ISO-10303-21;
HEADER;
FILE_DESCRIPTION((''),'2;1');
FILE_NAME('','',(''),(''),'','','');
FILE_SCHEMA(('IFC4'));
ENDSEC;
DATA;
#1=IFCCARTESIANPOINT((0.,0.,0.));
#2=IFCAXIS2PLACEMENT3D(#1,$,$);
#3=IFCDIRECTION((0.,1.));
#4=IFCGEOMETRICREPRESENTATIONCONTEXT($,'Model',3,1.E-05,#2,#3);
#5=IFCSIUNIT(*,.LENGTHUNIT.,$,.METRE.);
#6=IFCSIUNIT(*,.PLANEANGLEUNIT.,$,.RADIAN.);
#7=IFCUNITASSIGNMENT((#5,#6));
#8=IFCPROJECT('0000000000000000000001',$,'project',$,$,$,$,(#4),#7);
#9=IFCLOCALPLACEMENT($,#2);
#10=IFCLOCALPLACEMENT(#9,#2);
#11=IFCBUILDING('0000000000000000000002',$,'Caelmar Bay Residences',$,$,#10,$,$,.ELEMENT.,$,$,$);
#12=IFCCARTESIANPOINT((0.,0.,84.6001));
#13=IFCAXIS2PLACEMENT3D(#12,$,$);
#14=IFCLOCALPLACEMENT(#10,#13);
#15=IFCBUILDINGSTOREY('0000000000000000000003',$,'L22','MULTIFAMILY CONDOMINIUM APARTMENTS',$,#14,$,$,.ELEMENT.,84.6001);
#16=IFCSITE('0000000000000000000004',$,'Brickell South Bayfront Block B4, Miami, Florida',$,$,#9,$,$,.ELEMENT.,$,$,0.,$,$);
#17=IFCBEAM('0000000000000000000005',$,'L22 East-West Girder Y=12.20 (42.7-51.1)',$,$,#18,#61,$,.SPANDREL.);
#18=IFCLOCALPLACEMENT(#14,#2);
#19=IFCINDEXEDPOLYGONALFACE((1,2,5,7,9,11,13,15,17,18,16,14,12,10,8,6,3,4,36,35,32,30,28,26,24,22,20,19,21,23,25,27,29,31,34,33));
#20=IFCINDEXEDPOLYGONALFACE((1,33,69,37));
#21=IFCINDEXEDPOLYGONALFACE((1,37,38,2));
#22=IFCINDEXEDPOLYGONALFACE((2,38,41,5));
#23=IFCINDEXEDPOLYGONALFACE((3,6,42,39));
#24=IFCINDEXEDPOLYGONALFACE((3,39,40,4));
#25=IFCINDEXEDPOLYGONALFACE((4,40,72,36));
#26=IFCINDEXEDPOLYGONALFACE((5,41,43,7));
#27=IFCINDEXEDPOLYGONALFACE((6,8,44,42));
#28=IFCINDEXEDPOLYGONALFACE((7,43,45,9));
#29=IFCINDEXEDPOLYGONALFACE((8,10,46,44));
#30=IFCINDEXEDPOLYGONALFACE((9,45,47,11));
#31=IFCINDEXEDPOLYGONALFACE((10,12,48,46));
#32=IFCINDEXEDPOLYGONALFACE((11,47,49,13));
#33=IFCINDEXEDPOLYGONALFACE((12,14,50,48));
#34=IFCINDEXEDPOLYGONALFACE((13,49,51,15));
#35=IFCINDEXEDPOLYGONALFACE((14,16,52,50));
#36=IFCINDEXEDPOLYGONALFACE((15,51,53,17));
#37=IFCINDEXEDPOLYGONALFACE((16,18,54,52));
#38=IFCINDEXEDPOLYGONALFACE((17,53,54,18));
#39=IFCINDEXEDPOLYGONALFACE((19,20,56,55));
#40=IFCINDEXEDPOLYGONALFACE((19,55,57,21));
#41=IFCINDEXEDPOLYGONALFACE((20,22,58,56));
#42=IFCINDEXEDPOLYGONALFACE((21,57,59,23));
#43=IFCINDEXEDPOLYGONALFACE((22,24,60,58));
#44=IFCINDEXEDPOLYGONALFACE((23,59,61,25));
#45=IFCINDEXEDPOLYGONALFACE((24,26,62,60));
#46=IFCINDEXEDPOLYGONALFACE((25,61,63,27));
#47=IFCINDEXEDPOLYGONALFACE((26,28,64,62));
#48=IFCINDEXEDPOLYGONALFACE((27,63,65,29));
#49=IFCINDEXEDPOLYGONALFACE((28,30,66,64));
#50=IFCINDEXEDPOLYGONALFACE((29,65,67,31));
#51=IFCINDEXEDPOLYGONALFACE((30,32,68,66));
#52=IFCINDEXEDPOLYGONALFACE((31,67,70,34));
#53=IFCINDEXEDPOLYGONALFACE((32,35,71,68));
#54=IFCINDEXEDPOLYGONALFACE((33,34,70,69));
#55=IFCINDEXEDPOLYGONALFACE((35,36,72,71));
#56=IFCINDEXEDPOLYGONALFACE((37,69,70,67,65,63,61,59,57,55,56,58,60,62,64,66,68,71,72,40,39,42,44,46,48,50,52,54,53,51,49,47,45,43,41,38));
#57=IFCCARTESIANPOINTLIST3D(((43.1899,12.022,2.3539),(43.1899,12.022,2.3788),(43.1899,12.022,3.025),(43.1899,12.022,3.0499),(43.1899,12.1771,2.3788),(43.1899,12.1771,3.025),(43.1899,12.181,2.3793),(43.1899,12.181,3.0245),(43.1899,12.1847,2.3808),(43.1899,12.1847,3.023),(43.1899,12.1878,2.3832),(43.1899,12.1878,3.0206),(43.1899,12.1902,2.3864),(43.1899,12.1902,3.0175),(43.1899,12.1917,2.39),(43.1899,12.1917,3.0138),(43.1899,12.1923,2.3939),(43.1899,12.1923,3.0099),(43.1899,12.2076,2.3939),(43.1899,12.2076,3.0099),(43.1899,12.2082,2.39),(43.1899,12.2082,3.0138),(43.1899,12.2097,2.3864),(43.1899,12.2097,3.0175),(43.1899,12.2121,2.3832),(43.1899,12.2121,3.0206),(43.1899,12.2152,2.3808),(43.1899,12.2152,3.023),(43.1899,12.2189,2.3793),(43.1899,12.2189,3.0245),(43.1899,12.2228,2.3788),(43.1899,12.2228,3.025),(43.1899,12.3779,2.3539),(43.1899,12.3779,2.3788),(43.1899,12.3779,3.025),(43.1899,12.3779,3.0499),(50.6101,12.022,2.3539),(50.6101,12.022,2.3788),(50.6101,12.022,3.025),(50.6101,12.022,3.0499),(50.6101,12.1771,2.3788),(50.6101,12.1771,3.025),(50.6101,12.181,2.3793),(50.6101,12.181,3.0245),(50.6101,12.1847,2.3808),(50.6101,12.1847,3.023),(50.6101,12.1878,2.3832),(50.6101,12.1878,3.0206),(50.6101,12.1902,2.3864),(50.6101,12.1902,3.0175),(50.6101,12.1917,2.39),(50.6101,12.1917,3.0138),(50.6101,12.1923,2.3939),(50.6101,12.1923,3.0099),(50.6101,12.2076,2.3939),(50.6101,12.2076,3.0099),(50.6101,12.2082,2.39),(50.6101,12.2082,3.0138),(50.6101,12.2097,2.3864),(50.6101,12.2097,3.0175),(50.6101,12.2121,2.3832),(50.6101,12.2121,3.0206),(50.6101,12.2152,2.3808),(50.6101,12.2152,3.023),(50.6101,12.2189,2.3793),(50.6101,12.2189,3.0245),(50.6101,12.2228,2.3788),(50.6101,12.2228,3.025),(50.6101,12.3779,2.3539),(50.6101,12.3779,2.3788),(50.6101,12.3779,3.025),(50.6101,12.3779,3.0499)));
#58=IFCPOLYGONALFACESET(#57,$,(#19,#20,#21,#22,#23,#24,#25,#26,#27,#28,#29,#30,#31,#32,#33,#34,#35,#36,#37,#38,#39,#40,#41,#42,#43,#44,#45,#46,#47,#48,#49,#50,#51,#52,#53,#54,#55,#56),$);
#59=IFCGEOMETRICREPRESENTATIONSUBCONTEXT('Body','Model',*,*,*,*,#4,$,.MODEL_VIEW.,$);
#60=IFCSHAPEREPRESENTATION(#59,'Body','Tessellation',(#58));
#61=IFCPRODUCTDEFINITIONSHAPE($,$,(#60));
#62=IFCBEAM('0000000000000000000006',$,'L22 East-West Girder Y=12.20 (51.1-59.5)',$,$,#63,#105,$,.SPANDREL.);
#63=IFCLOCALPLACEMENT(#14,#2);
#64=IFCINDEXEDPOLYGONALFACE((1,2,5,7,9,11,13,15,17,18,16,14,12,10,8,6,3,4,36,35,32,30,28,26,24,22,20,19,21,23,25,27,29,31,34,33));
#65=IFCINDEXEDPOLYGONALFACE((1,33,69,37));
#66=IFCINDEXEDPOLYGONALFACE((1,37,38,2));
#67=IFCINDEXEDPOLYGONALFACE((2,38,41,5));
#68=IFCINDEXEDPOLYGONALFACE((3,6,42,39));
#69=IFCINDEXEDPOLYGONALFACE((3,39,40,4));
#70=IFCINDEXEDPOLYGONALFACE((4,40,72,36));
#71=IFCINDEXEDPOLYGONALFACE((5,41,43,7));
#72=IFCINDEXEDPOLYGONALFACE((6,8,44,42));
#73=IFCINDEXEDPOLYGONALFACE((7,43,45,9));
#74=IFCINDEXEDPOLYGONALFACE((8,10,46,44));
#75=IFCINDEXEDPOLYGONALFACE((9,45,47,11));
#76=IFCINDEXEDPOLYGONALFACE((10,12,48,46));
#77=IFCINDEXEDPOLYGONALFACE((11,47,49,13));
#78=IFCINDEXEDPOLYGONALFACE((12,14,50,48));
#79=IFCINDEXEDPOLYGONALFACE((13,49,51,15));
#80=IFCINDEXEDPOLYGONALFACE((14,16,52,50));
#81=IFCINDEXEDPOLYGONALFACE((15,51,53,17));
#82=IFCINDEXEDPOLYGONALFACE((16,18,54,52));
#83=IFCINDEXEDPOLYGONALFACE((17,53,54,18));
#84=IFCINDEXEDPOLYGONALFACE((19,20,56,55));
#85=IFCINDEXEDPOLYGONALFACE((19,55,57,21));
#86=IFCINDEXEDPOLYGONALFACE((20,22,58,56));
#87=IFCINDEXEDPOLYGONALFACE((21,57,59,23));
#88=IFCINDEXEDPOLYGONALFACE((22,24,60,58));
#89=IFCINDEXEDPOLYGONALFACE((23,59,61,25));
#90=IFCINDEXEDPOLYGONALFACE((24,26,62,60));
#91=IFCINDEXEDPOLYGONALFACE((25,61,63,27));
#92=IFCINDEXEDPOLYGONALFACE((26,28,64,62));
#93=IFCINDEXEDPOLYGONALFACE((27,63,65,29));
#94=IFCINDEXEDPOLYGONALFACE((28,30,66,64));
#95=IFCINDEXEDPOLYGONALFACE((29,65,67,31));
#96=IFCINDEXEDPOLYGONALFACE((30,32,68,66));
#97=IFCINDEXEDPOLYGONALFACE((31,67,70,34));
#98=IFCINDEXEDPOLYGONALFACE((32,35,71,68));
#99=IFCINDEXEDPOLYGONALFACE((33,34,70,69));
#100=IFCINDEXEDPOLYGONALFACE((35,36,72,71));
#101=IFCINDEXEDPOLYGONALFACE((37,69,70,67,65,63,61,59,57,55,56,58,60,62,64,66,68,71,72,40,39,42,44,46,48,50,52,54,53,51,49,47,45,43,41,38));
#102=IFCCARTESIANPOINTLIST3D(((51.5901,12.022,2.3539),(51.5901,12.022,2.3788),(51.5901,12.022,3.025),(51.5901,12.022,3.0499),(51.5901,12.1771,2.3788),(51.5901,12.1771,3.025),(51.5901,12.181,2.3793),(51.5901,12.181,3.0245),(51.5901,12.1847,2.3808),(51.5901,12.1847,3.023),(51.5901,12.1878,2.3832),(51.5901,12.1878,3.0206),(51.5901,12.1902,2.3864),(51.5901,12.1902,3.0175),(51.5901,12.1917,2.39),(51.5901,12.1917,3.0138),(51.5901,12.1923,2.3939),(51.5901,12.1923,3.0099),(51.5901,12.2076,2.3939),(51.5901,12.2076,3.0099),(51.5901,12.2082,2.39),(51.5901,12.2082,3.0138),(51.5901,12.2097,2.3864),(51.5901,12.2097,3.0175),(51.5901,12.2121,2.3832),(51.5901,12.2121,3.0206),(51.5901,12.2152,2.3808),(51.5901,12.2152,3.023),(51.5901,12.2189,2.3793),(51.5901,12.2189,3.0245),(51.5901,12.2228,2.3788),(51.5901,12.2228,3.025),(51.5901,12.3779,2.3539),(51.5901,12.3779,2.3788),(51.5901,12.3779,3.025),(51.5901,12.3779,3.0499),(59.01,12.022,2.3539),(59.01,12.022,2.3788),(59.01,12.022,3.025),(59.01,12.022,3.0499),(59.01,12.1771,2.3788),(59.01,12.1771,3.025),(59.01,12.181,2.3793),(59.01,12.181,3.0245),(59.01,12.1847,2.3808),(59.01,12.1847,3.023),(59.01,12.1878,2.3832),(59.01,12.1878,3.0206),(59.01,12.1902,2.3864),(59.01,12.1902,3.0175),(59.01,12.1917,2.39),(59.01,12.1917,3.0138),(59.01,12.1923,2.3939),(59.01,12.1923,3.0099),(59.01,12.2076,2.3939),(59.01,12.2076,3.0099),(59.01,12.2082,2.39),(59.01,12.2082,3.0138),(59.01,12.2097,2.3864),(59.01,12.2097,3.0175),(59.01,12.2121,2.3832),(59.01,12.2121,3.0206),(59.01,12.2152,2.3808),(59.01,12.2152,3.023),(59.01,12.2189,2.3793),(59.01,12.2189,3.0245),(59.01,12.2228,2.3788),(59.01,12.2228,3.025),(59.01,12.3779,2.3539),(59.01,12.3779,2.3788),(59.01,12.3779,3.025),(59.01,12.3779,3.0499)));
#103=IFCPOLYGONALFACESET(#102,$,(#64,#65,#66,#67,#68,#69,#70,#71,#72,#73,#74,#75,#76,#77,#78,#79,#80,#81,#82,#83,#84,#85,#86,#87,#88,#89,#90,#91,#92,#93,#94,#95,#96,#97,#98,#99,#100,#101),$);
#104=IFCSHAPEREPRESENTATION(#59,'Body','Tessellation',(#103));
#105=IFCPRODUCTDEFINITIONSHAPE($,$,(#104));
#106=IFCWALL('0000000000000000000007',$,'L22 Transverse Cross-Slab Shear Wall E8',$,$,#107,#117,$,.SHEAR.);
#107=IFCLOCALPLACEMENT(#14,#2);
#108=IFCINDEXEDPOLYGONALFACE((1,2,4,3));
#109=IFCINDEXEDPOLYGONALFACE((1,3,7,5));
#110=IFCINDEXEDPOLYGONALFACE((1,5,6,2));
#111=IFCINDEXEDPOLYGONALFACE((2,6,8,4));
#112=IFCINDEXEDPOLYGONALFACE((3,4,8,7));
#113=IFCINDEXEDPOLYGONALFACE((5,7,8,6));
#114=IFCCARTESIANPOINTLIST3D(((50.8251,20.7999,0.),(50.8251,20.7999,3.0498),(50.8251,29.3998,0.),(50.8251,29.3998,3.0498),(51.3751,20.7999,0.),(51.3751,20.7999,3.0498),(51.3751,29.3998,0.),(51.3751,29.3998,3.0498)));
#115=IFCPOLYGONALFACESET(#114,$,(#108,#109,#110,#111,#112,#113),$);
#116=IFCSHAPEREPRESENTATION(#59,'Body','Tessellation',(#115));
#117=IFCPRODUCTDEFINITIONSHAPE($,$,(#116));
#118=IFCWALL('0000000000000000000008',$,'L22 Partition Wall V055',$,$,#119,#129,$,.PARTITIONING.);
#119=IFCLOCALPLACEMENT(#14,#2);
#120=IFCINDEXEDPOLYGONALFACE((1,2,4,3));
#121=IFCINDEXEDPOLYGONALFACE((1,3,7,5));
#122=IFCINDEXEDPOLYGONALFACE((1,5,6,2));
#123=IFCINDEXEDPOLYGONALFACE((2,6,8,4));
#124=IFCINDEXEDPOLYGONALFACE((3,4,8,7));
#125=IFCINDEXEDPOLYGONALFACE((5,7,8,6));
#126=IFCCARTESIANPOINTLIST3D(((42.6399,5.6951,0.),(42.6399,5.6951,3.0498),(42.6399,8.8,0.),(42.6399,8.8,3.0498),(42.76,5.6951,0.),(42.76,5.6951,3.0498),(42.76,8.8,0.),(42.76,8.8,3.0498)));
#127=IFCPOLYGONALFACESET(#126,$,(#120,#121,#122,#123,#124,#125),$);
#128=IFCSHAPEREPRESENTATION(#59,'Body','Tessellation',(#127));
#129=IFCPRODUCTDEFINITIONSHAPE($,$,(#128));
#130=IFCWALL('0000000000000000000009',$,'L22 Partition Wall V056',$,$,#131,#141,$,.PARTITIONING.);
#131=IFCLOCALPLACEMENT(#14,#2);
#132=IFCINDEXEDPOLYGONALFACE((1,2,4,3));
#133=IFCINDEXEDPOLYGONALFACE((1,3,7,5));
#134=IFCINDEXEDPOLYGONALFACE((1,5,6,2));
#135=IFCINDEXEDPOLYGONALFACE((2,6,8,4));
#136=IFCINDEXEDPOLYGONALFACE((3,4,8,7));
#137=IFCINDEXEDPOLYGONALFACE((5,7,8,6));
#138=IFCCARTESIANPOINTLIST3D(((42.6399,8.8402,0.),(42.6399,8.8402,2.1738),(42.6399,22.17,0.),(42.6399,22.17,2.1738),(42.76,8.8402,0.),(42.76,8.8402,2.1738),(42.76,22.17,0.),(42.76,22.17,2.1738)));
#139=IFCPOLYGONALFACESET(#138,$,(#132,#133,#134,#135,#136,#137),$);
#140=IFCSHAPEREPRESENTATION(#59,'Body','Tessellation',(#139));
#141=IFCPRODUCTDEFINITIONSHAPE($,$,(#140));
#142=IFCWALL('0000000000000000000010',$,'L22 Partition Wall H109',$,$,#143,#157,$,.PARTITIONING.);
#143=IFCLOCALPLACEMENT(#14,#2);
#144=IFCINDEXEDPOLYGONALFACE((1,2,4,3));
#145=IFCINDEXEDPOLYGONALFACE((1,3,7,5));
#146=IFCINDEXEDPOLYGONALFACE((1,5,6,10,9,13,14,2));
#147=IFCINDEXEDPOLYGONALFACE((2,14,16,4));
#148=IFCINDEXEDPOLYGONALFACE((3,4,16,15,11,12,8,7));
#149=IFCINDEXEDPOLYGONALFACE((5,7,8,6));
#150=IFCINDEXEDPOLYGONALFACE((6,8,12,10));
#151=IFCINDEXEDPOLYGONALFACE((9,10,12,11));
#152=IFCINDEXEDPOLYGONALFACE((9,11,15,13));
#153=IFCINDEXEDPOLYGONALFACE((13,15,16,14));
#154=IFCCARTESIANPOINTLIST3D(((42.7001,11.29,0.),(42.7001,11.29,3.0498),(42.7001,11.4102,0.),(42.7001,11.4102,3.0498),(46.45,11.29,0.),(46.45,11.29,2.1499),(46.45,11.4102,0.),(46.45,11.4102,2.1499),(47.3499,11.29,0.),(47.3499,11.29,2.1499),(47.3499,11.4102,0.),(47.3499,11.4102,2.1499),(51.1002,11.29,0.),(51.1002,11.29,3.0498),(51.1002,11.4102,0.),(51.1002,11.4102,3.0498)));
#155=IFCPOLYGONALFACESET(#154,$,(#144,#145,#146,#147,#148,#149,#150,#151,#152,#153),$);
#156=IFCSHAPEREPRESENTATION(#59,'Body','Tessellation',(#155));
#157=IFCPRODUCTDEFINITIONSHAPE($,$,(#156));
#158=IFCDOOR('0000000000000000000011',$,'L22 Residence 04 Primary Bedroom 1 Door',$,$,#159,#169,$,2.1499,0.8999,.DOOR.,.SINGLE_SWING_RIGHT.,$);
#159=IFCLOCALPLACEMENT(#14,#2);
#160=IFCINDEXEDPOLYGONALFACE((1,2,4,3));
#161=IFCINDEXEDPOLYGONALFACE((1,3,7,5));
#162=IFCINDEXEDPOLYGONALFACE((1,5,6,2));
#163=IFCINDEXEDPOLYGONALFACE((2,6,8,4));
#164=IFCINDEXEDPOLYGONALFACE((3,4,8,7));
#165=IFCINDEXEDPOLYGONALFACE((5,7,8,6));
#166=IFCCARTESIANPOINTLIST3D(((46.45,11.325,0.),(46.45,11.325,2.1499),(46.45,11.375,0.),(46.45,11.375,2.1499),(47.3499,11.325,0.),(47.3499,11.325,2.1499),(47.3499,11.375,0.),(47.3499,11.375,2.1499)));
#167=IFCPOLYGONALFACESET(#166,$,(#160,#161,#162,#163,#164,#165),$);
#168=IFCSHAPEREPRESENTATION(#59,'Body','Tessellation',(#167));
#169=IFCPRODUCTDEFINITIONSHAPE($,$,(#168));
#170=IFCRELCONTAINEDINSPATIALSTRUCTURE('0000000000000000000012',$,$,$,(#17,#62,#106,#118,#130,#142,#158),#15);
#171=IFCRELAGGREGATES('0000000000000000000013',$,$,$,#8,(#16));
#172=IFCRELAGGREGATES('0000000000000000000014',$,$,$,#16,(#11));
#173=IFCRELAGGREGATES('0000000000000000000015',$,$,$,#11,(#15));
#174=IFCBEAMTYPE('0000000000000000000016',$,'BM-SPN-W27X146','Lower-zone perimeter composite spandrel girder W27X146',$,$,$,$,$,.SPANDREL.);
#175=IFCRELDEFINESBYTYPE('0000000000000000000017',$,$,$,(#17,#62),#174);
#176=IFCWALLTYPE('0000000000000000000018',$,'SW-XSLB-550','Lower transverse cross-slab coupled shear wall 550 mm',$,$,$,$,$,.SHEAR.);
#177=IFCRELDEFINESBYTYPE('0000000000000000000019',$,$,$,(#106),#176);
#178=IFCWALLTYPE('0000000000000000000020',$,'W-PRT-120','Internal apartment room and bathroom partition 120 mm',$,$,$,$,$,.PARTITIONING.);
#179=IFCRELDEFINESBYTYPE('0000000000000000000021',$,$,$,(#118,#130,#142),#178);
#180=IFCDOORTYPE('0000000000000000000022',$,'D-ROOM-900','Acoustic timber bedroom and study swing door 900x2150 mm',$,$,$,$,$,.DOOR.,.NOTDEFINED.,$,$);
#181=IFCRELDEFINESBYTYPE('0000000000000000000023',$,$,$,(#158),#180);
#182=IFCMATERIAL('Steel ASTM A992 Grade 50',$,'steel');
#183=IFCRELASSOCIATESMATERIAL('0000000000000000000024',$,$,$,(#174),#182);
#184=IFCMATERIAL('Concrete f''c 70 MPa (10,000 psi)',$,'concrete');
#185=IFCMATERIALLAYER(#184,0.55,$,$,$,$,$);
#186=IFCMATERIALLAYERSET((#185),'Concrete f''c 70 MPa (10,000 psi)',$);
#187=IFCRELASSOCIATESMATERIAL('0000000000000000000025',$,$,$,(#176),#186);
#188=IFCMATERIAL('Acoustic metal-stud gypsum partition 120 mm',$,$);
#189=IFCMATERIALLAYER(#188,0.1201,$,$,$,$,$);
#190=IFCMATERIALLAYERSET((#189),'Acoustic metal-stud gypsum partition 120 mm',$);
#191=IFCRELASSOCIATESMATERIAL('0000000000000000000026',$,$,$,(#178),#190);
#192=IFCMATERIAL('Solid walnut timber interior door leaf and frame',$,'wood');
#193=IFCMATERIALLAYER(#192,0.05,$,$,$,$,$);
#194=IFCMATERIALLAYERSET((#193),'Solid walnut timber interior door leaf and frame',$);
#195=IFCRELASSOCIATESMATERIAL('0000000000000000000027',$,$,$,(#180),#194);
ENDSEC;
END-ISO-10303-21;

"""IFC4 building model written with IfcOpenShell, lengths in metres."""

from ifc_helpers import new_model, si_unit, direction, frame, frame_2d, origin, origin_2d, place, context, subcontext, project, spatial, rectangle, i_section, extrude, material, layer, layer_set, material_profile, profile_set, type_object, element, fill, save


model = new_model("IFC4")

# Units and contexts
model_context = context("Model", 3, precision=1e-05, world=origin(), true_north=direction((0.0, 1.0)))
body_context = subcontext(model_context, "Body", "Model", "MODEL_VIEW")
ifc_project = project(units=[si_unit("LENGTHUNIT", "METRE"), si_unit("PLANEANGLEUNIT", "RADIAN")], contexts=[model_context])

# Site, building, storey
site_placement = place(None, origin())
site = spatial("IfcSite", under=ifc_project, at=site_placement, Name="Brickell South Bayfront Block B4, Miami, Florida", CompositionType="ELEMENT", RefElevation=0.0)
building_placement = place(site_placement, origin())
building = spatial("IfcBuilding", under=site, at=building_placement, Name="Caelmar Bay Residences", CompositionType="ELEMENT")
storey_placement = place(building_placement, frame((0.0, 0.0, 84.6001)))
storey = spatial("IfcBuildingStorey", under=building, at=storey_placement, Name="L22", Description="MULTIFAMILY CONDOMINIUM APARTMENTS", CompositionType="ELEMENT", Elevation=84.6001)

# Shared definitions
ifc_material_1 = material(Name="Concrete f'c 70 MPa (10,000 psi)", Category="concrete")

# Beams
ifc_material_2 = material(Name="Steel ASTM A992 Grade 50", Category="steel")
ifc_material_profile_1 = material_profile(ifc_material_2, i_section(OverallWidth=0.356, OverallDepth=0.696, WebThickness=0.0154, FlangeThickness=0.0249, FilletRadius=0.0151, at=origin_2d()), Name="W27X146")
ifc_profile_set_1 = profile_set([ifc_material_profile_1], Name="Steel ASTM A992 Grade 50")
beam_type_1 = type_object("IfcBeamType", Name="BM-SPN-W27X146", Description="Lower-zone perimeter composite spandrel girder W27X146", PredefinedType="SPANDREL", material=ifc_profile_set_1)
beam_1_placement = place(storey_placement, frame((43.1899, 12.2, 2.7019), z_axis=(1.0, 0.0, 0.0), x_axis=(0.0, 1.0, 0.0)))
element("IfcBeam", 1, at=beam_1_placement, inside=storey, type_object=beam_type_1, Name="L22 East-West Girder Y=12.20 (42.7-51.1)", PredefinedType="SPANDREL", context=body_context, shape_type="SweptSolid", body=[
    extrude(i_section(OverallWidth=0.356, OverallDepth=0.696, WebThickness=0.0154, FlangeThickness=0.0249, FilletRadius=0.0151, at=origin_2d()), origin(), (0.0, 0.0, 1.0), 7.4202),
])
beam_2_placement = place(storey_placement, frame((51.5901, 12.2, 2.7019), z_axis=(1.0, 0.0, 0.0), x_axis=(0.0, 1.0, 0.0)))
element("IfcBeam", 2, at=beam_2_placement, inside=storey, type_object=beam_type_1, Name="L22 East-West Girder Y=12.20 (51.1-59.5)", PredefinedType="SPANDREL", context=body_context, shape_type="SweptSolid", body=[
    extrude(i_section(OverallWidth=0.356, OverallDepth=0.696, WebThickness=0.0154, FlangeThickness=0.0249, FilletRadius=0.0151, at=origin_2d()), origin(), (0.0, 0.0, 1.0), 7.4199),
])

# Walls
ifc_layer_1 = layer(ifc_material_1, 0.55)
ifc_layer_set_1 = layer_set([ifc_layer_1], Name="Concrete f'c 70 MPa (10,000 psi)")
wall_type_1 = type_object("IfcWallType", Name="SW-XSLB-550", Description="Lower transverse cross-slab coupled shear wall 550 mm", PredefinedType="SHEAR", material=ifc_layer_set_1)
wall_1_placement = place(storey_placement, frame((51.1001, 20.8, 0.0), z_axis=(0.0, 0.0, 1.0), x_axis=(0.0, 1.0, 0.0)))
element("IfcWall", 3, at=wall_1_placement, inside=storey, type_object=wall_type_1, Name="L22 Transverse Cross-Slab Shear Wall E8", PredefinedType="SHEAR", context=body_context, shape_type="SweptSolid", body=[
    extrude(rectangle(XDim=8.5999, YDim=0.55, at=frame_2d((4.2998, 0.0))), origin(), (0.0, 0.0, 1.0), 3.0498),
])
ifc_material_3 = material(Name="Acoustic metal-stud gypsum partition 120 mm")
ifc_layer_2 = layer(ifc_material_3, 0.1201)
ifc_layer_set_2 = layer_set([ifc_layer_2], Name="Acoustic metal-stud gypsum partition 120 mm")
wall_type_2 = type_object("IfcWallType", Name="W-PRT-120", Description="Internal apartment room and bathroom partition 120 mm", PredefinedType="PARTITIONING", material=ifc_layer_set_2)
wall_2_placement = place(storey_placement, frame((42.7, 5.6951, 0.0), z_axis=(0.0, 0.0, 1.0), x_axis=(0.0, 1.0, 0.0)))
element("IfcWall", 4, at=wall_2_placement, inside=storey, type_object=wall_type_2, Name="L22 Partition Wall V055", PredefinedType="PARTITIONING", context=body_context, shape_type="SweptSolid", body=[
    extrude(rectangle(XDim=3.105, YDim=0.1201, at=frame_2d((1.5525, 0.0))), origin(), (0.0, 0.0, 1.0), 3.0498),
])
wall_3_placement = place(storey_placement, frame((42.7, 8.8401, 0.0), z_axis=(0.0, 0.0, 1.0), x_axis=(0.0, 1.0, 0.0)))
element("IfcWall", 5, at=wall_3_placement, inside=storey, type_object=wall_type_2, Name="L22 Partition Wall V056", PredefinedType="PARTITIONING", context=body_context, shape_type="SweptSolid", body=[
    extrude(rectangle(XDim=13.3298, YDim=0.1201, at=frame_2d((6.665, 0.0))), origin(), (0.0, 0.0, 1.0), 2.1738),
])

# Wall, opening, door
wall_4_placement = place(storey_placement, frame((42.7, 11.3501, 0.0), z_axis=(0.0, 0.0, 1.0), x_axis=(1.0, 0.0, 0.0)))
wall_4 = element("IfcWall", 6, at=wall_4_placement, inside=storey, type_object=wall_type_2, Name="L22 Partition Wall H109", PredefinedType="PARTITIONING", context=body_context, shape_type="SweptSolid", body=[
    extrude(rectangle(XDim=8.4001, YDim=0.1201, at=frame_2d((4.2002, 0.0))), origin(), (0.0, 0.0, 1.0), 3.0498),
])
opening_1_placement = place(wall_4_placement, frame((3.75, 0.0, 0.0)))
opening_1 = element("IfcOpeningElement", 7, at=opening_1_placement, cuts=wall_4, PredefinedType="OPENING", context=body_context, shape_type="SweptSolid", body=[
    extrude(rectangle(XDim=0.8999, YDim=2.1499, at=frame_2d((0.45, 1.075))), frame((0.0, 0.0701, 0.0), z_axis=(0.0, -1.0, 0.0), x_axis=(1.0, 0.0, 0.0)), (0.0, 0.0, 1.0), 0.1401),
])
ifc_material_4 = material(Name="Solid walnut timber interior door leaf and frame", Category="wood")
ifc_layer_3 = layer(ifc_material_4, 0.05)
ifc_layer_set_3 = layer_set([ifc_layer_3], Name="Solid walnut timber interior door leaf and frame")
door_type = type_object("IfcDoorType", Name="D-ROOM-900", Description="Acoustic timber bedroom and study swing door 900x2150 mm", OperationType="NOTDEFINED", PredefinedType="DOOR", material=ifc_layer_set_3)
door_1_placement = place(opening_1_placement, origin())
door_1 = element("IfcDoor", 8, at=door_1_placement, inside=storey, type_object=door_type, Name="L22 Residence 04 Primary Bedroom 1 Door", OperationType="SINGLE_SWING_RIGHT", OverallHeight=2.1499, OverallWidth=0.8999, PredefinedType="DOOR", context=body_context, shape_type="SweptSolid", body=[
    extrude(rectangle(XDim=0.8999, YDim=2.1499, at=frame_2d((0.45, 1.075))), frame((0.0, 0.0249, 0.0), z_axis=(0.0, -1.0, 0.0), x_axis=(1.0, 0.0, 0.0)), (0.0, 0.0, 1.0), 0.05),
])
fill(opening_1, door_1)

save(model, "model.ifc")
